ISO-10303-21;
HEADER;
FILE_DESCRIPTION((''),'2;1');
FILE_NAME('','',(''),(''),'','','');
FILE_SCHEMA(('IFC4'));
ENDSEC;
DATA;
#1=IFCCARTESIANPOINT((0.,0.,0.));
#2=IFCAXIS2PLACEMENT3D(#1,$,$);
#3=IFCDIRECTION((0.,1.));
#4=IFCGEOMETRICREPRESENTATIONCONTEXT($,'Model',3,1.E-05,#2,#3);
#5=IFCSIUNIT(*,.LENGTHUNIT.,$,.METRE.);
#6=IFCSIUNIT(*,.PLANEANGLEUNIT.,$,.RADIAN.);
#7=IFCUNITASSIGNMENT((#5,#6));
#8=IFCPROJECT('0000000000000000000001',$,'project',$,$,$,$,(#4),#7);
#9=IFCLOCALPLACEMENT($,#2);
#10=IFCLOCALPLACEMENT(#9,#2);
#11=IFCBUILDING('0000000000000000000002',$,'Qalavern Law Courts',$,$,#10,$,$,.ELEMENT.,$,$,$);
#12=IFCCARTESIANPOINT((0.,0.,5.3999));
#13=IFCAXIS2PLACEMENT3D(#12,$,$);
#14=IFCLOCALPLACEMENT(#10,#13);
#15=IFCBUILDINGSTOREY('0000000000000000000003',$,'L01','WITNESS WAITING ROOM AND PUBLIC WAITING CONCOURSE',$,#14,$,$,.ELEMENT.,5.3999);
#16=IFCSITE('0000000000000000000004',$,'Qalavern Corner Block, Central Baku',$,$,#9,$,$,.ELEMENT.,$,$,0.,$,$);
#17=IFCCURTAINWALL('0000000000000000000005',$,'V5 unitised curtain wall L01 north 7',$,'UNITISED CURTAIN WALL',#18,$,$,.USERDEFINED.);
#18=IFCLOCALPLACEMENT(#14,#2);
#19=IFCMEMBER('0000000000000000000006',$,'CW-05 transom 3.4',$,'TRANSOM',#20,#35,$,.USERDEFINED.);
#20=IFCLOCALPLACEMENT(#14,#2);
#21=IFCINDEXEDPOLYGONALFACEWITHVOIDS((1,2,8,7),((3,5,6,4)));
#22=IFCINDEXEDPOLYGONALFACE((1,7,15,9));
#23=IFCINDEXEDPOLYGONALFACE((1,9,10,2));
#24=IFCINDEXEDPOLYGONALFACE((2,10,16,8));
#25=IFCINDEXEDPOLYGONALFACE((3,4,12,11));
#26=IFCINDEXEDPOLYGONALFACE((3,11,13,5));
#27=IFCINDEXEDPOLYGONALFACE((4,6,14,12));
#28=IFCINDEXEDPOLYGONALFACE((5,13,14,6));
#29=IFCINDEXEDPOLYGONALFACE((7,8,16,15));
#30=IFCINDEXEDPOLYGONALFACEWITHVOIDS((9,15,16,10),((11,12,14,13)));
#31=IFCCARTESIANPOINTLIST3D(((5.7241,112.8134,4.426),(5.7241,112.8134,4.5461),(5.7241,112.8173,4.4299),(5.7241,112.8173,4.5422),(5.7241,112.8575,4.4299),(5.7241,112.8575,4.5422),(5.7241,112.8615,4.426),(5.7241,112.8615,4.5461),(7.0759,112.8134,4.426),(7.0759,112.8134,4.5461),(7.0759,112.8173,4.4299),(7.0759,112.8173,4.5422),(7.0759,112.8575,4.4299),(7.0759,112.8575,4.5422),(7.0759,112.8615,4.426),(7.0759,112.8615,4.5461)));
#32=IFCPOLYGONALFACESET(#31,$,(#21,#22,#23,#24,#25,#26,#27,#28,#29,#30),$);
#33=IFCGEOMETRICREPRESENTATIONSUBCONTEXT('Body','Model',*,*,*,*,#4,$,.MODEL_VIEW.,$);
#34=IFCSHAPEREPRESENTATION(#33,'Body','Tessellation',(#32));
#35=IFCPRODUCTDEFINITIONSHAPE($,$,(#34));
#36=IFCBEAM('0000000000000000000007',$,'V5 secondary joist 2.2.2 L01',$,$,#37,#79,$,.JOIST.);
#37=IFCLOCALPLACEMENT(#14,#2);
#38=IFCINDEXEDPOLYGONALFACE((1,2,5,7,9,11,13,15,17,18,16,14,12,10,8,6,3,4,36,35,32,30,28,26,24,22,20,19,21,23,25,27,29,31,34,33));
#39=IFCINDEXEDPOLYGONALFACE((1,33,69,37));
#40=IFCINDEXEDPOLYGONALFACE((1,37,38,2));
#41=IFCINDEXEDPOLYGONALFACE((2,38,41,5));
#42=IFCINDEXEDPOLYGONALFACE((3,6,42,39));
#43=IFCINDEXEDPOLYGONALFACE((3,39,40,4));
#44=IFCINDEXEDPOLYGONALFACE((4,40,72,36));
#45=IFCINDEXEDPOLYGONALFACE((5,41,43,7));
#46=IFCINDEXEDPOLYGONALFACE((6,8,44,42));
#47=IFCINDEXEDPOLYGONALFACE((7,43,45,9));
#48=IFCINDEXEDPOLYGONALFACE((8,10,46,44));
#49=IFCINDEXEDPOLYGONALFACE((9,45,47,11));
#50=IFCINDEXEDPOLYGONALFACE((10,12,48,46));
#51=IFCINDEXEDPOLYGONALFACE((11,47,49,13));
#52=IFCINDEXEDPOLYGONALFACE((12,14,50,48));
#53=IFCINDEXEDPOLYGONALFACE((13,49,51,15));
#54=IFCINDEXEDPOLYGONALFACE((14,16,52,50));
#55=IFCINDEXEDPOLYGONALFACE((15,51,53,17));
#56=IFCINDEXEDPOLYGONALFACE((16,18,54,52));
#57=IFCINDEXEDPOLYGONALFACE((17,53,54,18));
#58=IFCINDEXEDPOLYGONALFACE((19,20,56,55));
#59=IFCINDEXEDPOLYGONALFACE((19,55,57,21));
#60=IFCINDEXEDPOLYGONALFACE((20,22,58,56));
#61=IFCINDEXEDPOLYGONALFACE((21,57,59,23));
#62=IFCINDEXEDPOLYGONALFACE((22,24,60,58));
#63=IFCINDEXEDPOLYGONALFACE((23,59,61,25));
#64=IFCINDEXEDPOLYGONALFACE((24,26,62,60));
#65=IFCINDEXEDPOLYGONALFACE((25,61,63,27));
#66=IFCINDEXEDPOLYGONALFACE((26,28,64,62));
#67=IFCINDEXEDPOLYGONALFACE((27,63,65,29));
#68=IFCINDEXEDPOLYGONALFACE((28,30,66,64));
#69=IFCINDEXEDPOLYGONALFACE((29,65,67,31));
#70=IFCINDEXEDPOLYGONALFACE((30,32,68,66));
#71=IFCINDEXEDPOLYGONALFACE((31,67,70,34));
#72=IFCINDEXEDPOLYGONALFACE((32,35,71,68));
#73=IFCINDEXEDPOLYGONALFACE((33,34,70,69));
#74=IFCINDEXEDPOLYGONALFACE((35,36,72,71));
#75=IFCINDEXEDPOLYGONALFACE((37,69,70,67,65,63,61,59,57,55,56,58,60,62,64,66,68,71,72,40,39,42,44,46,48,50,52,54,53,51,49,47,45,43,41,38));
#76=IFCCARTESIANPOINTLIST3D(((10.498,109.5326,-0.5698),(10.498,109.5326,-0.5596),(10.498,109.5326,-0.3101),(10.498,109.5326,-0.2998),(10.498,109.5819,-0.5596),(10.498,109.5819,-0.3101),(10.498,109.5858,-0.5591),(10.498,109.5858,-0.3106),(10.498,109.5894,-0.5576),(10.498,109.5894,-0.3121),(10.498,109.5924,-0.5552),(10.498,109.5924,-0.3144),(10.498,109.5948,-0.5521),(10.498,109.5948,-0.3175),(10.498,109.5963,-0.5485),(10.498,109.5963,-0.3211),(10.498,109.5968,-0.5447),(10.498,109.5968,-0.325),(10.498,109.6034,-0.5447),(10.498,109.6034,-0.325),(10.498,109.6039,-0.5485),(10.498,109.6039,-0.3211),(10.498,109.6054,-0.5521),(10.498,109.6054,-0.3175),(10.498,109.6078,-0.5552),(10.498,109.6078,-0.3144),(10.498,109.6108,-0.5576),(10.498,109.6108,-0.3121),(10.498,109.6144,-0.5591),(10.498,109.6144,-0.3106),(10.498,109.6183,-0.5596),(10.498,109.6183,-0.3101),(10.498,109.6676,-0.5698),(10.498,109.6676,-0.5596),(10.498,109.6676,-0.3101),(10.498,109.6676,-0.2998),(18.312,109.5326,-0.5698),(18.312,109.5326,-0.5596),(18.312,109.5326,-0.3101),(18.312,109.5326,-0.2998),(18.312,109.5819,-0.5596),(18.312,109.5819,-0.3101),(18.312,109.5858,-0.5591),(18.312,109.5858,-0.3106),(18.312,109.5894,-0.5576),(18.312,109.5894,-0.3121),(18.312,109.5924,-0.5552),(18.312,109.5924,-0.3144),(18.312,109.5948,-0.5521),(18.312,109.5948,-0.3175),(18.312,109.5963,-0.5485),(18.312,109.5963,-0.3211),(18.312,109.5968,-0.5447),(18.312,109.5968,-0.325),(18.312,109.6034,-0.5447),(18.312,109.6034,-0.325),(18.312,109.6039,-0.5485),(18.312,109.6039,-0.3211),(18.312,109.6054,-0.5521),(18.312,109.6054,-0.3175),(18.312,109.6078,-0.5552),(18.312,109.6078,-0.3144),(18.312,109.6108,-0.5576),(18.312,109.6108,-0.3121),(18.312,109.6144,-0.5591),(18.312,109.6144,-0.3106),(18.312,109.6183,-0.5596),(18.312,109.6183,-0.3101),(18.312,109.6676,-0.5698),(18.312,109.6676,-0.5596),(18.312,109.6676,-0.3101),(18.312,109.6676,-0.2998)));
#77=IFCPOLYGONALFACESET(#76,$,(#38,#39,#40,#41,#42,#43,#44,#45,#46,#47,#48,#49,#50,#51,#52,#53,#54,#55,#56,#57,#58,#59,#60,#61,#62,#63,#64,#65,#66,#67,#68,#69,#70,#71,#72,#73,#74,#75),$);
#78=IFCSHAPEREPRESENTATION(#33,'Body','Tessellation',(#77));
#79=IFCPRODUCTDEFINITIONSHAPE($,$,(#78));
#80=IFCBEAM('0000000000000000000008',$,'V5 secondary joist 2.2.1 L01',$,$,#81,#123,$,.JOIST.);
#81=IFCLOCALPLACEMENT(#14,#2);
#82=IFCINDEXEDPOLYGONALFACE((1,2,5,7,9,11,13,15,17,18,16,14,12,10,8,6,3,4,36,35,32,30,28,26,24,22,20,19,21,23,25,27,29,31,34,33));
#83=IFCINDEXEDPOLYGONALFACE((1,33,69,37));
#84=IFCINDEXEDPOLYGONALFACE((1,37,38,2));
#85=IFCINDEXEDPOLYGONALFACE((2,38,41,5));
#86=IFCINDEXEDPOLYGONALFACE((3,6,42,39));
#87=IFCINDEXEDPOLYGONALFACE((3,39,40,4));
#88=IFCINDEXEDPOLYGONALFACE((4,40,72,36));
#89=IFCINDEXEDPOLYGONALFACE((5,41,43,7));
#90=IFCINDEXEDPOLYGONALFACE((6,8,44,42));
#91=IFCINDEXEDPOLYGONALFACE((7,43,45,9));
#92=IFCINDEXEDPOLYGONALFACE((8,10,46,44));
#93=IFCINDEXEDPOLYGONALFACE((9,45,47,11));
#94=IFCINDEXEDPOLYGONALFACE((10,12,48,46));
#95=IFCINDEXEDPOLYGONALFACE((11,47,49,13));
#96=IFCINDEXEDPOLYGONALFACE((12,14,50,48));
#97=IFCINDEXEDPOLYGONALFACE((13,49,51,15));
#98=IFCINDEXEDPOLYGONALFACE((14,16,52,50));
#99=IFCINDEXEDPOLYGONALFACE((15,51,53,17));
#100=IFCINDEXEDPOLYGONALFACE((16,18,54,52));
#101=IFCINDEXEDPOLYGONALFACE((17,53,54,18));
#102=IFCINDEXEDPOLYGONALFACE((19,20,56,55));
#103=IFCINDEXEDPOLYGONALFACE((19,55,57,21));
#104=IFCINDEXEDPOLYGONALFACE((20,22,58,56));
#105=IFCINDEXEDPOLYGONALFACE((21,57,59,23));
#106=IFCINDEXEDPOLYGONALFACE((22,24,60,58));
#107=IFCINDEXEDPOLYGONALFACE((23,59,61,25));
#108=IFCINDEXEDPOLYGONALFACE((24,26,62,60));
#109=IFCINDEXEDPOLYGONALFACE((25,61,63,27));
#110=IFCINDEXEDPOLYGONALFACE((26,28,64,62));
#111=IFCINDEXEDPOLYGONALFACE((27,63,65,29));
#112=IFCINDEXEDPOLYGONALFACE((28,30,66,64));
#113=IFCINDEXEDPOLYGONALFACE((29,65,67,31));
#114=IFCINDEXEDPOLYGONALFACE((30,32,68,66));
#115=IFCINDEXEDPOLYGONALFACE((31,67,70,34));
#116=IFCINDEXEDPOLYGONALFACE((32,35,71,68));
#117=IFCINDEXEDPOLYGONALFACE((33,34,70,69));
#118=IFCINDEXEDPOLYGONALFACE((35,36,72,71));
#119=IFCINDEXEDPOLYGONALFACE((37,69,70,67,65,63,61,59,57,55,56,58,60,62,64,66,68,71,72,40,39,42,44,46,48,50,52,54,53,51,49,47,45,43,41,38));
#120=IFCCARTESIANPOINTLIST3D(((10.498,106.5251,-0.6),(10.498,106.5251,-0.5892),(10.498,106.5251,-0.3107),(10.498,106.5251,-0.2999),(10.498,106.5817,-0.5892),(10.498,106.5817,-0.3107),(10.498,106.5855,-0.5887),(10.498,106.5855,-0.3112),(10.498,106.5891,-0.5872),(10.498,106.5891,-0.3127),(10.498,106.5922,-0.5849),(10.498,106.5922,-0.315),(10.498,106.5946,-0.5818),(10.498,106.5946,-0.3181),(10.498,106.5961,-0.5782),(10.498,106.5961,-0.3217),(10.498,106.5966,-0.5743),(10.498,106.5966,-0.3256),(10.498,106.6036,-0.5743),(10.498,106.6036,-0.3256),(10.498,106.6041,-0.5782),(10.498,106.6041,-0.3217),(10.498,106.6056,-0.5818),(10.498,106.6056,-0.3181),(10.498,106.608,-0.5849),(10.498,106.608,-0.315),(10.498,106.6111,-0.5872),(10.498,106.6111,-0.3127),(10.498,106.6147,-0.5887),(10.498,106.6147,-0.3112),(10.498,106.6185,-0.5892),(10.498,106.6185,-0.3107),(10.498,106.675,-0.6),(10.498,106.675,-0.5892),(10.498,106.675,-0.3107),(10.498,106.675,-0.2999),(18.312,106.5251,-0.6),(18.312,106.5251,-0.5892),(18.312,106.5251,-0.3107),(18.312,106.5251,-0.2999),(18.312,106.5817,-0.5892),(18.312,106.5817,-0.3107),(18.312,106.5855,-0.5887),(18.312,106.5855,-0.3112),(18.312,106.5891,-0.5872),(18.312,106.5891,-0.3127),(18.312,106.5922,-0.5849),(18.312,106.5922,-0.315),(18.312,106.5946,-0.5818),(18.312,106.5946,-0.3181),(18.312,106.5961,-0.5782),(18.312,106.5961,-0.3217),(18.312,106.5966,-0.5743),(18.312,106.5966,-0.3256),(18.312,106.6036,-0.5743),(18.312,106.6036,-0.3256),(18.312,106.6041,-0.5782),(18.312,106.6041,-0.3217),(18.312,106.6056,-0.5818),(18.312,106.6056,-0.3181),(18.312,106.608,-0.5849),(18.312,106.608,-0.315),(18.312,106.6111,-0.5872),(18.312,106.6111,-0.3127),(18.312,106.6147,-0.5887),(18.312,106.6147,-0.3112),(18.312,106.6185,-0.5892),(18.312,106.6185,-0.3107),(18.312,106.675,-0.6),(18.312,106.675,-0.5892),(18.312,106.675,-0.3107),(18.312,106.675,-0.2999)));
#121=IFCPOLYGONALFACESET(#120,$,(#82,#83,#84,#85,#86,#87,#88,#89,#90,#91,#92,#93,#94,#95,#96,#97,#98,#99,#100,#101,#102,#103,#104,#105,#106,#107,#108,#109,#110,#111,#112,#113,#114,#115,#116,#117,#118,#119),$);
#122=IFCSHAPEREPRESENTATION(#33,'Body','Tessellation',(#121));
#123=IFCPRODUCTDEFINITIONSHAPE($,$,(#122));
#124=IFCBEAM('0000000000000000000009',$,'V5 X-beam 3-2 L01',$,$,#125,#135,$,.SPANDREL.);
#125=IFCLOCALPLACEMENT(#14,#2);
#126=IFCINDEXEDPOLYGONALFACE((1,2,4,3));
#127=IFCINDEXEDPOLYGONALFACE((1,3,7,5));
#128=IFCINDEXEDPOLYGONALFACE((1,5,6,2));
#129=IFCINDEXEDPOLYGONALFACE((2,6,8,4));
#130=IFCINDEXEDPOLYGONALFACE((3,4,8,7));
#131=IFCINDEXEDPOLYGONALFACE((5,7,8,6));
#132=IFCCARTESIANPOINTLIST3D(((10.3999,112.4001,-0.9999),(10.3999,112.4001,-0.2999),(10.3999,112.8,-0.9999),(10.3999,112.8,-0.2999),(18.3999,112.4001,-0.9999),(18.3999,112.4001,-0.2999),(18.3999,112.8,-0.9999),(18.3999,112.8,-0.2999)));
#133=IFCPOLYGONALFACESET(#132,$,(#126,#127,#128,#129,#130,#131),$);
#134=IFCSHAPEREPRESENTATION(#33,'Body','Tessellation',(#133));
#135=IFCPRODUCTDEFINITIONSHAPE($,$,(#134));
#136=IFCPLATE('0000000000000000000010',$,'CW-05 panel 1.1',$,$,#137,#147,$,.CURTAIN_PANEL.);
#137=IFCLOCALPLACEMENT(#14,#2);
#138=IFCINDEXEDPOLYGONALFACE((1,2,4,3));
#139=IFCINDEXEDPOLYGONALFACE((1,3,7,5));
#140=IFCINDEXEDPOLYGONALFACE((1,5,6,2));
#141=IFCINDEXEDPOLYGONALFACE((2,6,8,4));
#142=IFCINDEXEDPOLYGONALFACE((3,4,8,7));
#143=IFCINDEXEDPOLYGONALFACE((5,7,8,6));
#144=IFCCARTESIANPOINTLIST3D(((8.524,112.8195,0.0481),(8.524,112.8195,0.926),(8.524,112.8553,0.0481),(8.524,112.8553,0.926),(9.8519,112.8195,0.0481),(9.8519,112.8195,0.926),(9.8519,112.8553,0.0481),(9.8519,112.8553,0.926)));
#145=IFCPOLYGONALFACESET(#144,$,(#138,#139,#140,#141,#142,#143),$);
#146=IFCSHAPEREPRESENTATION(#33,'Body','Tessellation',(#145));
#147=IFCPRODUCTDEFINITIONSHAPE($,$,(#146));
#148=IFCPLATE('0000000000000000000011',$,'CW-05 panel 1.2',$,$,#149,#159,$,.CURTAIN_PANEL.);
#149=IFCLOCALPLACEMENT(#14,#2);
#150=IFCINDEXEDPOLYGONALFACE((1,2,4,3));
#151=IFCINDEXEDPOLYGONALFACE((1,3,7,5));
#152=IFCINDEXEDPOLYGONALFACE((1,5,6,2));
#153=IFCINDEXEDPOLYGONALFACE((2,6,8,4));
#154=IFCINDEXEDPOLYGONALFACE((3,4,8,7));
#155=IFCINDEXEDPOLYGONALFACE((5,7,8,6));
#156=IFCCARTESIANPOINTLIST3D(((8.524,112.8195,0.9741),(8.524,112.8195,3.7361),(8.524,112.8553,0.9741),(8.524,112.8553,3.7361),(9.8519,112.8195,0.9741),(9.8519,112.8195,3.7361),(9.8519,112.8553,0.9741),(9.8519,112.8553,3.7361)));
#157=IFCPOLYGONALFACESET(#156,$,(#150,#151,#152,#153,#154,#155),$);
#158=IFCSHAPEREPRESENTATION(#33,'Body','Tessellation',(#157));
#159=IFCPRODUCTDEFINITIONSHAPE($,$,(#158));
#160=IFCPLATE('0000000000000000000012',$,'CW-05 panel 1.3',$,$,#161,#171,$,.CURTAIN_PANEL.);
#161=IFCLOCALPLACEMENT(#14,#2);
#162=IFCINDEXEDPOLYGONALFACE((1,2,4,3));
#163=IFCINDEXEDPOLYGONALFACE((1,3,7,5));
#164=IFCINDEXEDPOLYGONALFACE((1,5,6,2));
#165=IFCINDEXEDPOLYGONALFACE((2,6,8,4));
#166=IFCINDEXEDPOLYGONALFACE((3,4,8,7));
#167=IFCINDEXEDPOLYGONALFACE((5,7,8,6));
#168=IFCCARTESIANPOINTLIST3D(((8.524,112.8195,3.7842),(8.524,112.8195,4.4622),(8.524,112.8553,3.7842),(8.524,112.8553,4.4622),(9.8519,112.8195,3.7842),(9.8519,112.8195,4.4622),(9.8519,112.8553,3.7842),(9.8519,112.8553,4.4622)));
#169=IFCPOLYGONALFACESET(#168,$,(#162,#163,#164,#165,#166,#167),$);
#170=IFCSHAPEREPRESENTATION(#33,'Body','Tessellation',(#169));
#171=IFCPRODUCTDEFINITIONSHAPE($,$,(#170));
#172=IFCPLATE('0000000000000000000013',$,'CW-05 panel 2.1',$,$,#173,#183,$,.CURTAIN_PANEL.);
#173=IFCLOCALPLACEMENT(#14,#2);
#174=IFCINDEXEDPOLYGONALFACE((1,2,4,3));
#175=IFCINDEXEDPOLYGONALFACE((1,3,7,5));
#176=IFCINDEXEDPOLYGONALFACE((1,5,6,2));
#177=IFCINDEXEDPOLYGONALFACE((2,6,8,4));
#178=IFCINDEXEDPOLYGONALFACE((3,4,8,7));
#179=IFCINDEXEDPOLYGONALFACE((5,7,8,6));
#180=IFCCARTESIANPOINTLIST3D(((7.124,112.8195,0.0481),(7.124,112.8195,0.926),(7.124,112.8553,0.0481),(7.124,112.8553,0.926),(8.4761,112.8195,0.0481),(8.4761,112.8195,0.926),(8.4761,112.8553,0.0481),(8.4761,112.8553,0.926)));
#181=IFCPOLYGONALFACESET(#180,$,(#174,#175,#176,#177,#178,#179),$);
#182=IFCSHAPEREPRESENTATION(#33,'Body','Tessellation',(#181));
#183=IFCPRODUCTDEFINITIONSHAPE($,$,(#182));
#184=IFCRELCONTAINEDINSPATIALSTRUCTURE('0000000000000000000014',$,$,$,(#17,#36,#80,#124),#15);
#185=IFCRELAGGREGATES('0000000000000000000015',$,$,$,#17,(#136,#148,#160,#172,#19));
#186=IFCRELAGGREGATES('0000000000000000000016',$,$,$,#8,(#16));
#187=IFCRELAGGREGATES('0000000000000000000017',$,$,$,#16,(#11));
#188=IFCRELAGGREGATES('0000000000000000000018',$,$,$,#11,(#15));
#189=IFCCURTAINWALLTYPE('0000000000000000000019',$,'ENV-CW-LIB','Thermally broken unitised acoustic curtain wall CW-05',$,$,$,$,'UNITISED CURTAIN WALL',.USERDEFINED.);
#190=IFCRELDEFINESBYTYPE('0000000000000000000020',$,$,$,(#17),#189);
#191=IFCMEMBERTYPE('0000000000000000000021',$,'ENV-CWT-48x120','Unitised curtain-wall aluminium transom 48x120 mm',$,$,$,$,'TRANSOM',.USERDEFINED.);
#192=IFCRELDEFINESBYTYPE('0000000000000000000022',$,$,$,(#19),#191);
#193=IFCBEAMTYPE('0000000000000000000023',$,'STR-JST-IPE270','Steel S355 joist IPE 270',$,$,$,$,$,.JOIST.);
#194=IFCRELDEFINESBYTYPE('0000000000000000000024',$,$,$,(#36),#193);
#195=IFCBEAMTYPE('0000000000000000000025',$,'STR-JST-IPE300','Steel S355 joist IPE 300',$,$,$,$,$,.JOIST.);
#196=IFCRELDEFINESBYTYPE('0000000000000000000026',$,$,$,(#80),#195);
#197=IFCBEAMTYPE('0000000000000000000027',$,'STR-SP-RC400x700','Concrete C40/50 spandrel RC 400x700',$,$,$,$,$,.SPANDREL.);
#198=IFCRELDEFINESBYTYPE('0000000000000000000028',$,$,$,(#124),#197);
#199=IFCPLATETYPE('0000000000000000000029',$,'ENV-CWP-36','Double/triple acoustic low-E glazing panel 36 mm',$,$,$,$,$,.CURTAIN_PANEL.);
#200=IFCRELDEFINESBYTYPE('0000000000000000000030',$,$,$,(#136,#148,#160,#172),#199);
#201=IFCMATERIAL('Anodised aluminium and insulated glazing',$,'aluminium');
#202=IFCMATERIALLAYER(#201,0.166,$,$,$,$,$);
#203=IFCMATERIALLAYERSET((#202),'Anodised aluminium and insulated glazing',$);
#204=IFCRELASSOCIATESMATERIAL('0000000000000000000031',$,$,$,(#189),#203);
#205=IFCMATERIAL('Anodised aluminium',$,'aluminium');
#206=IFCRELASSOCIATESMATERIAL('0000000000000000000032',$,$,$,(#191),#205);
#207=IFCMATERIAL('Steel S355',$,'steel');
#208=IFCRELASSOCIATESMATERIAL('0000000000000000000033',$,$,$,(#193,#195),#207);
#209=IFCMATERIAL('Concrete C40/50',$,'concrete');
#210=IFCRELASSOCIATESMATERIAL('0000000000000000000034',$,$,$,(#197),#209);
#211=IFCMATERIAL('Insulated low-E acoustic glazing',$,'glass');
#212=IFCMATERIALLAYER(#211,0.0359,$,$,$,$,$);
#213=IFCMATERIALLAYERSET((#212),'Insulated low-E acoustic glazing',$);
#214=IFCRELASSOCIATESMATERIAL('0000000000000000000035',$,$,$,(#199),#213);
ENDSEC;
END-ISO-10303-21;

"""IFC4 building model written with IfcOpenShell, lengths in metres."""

from ifc_helpers import new_model, si_unit, direction, frame, origin, origin_2d, place, context, subcontext, project, spatial, rectangle, hollow_rectangle, i_section, extrude, material, layer, layer_set, material_profile, profile_set, type_object, element, aggregate, save


model = new_model("IFC4")

# Units and contexts
model_context = context("Model", 3, precision=1e-05, world=origin(), true_north=direction((0.0, 1.0)))
body_context = subcontext(model_context, "Body", "Model", "MODEL_VIEW")
ifc_project = project(units=[si_unit("LENGTHUNIT", "METRE"), si_unit("PLANEANGLEUNIT", "RADIAN")], contexts=[model_context])

# Site, building, storey
site_placement = place(None, origin())
site = spatial("IfcSite", under=ifc_project, at=site_placement, Name="Qalavern Corner Block, Central Baku", CompositionType="ELEMENT", RefElevation=0.0)
building_placement = place(site_placement, origin())
building = spatial("IfcBuilding", under=site, at=building_placement, Name="Qalavern Law Courts", CompositionType="ELEMENT")
storey_placement = place(building_placement, frame((0.0, 0.0, 5.3999)))
storey = spatial("IfcBuildingStorey", under=building, at=storey_placement, Name="L01", Description="WITNESS WAITING ROOM AND PUBLIC WAITING CONCOURSE", CompositionType="ELEMENT", Elevation=5.3999)

# Curtain wall, member
ifc_material_1 = material(Name="Anodised aluminium and insulated glazing", Category="aluminium")
ifc_layer_1 = layer(ifc_material_1, 0.166)
ifc_layer_set_1 = layer_set([ifc_layer_1], Name="Anodised aluminium and insulated glazing")
curtain_wall_type = type_object("IfcCurtainWallType", Name="ENV-CW-LIB", Description="Thermally broken unitised acoustic curtain wall CW-05", ElementType="UNITISED CURTAIN WALL", PredefinedType="USERDEFINED", material=ifc_layer_set_1)
curtain_wall_placement = place(storey_placement, origin())
curtain_wall = element("IfcCurtainWall", 1, at=curtain_wall_placement, inside=storey, type_object=curtain_wall_type, Name="V5 unitised curtain wall L01 north 7", ObjectType="UNITISED CURTAIN WALL", PredefinedType="USERDEFINED")
ifc_material_2 = material(Name="Anodised aluminium", Category="aluminium")
ifc_material_profile_1 = material_profile(ifc_material_2, hollow_rectangle(XDim=0.0481, YDim=0.1201, WallThickness=0.0039, at=origin_2d()), Name="ALU TRANSOM 48x120")
ifc_profile_set_1 = profile_set([ifc_material_profile_1], Name="Anodised aluminium")
member_type_1 = type_object("IfcMemberType", Name="ENV-CWT-48x120", Description="Unitised curtain-wall aluminium transom 48x120 mm", ElementType="TRANSOM", PredefinedType="USERDEFINED", material=ifc_profile_set_1)
member_1_placement = place(storey_placement, frame((7.0759, 112.8374, 4.4861), z_axis=(-1.0, 0.0, 0.0), x_axis=(0.0, -1.0, 0.0)))
member_1 = element("IfcMember", 2, at=member_1_placement, type_object=member_type_1, Name="CW-05 transom 3.4", ObjectType="TRANSOM", PredefinedType="USERDEFINED", context=body_context, shape_type="SweptSolid", body=[
    extrude(hollow_rectangle(XDim=0.0481, YDim=0.1201, WallThickness=0.0039, at=origin_2d()), origin(), (0.0, 0.0, 1.0), 1.3518),
])

# Beams
ifc_material_3 = material(Name="Steel S355", Category="steel")
ifc_material_profile_2 = material_profile(ifc_material_3, i_section(OverallWidth=0.135, OverallDepth=0.27, WebThickness=0.0066, FlangeThickness=0.0103, FilletRadius=0.0149, at=origin_2d()), Name="IPE 270")
ifc_profile_set_2 = profile_set([ifc_material_profile_2], Name="Steel S355")
beam_type_1 = type_object("IfcBeamType", Name="STR-JST-IPE270", Description="Steel S355 joist IPE 270", PredefinedType="JOIST", material=ifc_profile_set_2)
beam_1_placement = place(storey_placement, frame((10.498, 109.6001, -0.4348), z_axis=(1.0, 0.0, 0.0), x_axis=(0.0, 1.0, 0.0)))
element("IfcBeam", 3, at=beam_1_placement, inside=storey, type_object=beam_type_1, Name="V5 secondary joist 2.2.2 L01", PredefinedType="JOIST", context=body_context, shape_type="SweptSolid", body=[
    extrude(i_section(OverallWidth=0.135, OverallDepth=0.27, WebThickness=0.0066, FlangeThickness=0.0103, FilletRadius=0.0149, at=origin_2d()), origin(), (0.0, 0.0, 1.0), 7.814),
])
ifc_material_profile_3 = material_profile(ifc_material_3, i_section(OverallWidth=0.1499, OverallDepth=0.3, WebThickness=0.0071, FlangeThickness=0.0107, FilletRadius=0.0149, at=origin_2d()), Name="IPE 300")
ifc_profile_set_3 = profile_set([ifc_material_profile_3], Name="Steel S355")
beam_type_2 = type_object("IfcBeamType", Name="STR-JST-IPE300", Description="Steel S355 joist IPE 300", PredefinedType="JOIST", material=ifc_profile_set_3)
beam_2_placement = place(storey_placement, frame((10.498, 106.6001, -0.45), z_axis=(1.0, 0.0, 0.0), x_axis=(0.0, 1.0, 0.0)))
element("IfcBeam", 4, at=beam_2_placement, inside=storey, type_object=beam_type_2, Name="V5 secondary joist 2.2.1 L01", PredefinedType="JOIST", context=body_context, shape_type="SweptSolid", body=[
    extrude(i_section(OverallWidth=0.1499, OverallDepth=0.3, WebThickness=0.0071, FlangeThickness=0.0107, FilletRadius=0.0149, at=origin_2d()), origin(), (0.0, 0.0, 1.0), 7.814),
])
ifc_material_4 = material(Name="Concrete C40/50", Category="concrete")
ifc_material_profile_4 = material_profile(ifc_material_4, rectangle(XDim=0.3999, YDim=0.7, at=origin_2d()), Name="RC 400x700")
ifc_profile_set_4 = profile_set([ifc_material_profile_4], Name="Concrete C40/50")
beam_type_3 = type_object("IfcBeamType", Name="STR-SP-RC400x700", Description="Concrete C40/50 spandrel RC 400x700", PredefinedType="SPANDREL", material=ifc_profile_set_4)
beam_3_placement = place(storey_placement, frame((10.3999, 112.6001, -0.6499), z_axis=(1.0, 0.0, 0.0), x_axis=(0.0, 1.0, 0.0)))
element("IfcBeam", 5, at=beam_3_placement, inside=storey, type_object=beam_type_3, Name="V5 X-beam 3-2 L01", PredefinedType="SPANDREL", context=body_context, shape_type="SweptSolid", body=[
    extrude(rectangle(XDim=0.3999, YDim=0.7, at=origin_2d()), origin(), (0.0, 0.0, 1.0), 8.0),
])

# Plates
ifc_material_5 = material(Name="Insulated low-E acoustic glazing", Category="glass")
ifc_layer_2 = layer(ifc_material_5, 0.0359)
ifc_layer_set_2 = layer_set([ifc_layer_2], Name="Insulated low-E acoustic glazing")
plate_type = type_object("IfcPlateType", Name="ENV-CWP-36", Description="Double/triple acoustic low-E glazing panel 36 mm", PredefinedType="CURTAIN_PANEL", material=ifc_layer_set_2)
plate_1_placement = place(storey_placement, frame((9.188, 112.8374, 0.0481), z_axis=(0.0, 0.0, 1.0), x_axis=(-1.0, 0.0, 0.0)))
plate_1 = element("IfcPlate", 6, at=plate_1_placement, type_object=plate_type, Name="CW-05 panel 1.1", PredefinedType="CURTAIN_PANEL", context=body_context, shape_type="SweptSolid", body=[
    extrude(rectangle(XDim=1.3279, YDim=0.0359, at=origin_2d()), origin(), (0.0, 0.0, 1.0), 0.8779),
])
plate_2_placement = place(storey_placement, frame((9.188, 112.8374, 0.9741), z_axis=(0.0, 0.0, 1.0), x_axis=(-1.0, 0.0, 0.0)))
plate_2 = element("IfcPlate", 7, at=plate_2_placement, type_object=plate_type, Name="CW-05 panel 1.2", PredefinedType="CURTAIN_PANEL", context=body_context, shape_type="SweptSolid", body=[
    extrude(rectangle(XDim=1.3279, YDim=0.0359, at=origin_2d()), origin(), (0.0, 0.0, 1.0), 2.762),
])
plate_3_placement = place(storey_placement, frame((9.188, 112.8374, 3.7842), z_axis=(0.0, 0.0, 1.0), x_axis=(-1.0, 0.0, 0.0)))
plate_3 = element("IfcPlate", 8, at=plate_3_placement, type_object=plate_type, Name="CW-05 panel 1.3", PredefinedType="CURTAIN_PANEL", context=body_context, shape_type="SweptSolid", body=[
    extrude(rectangle(XDim=1.3279, YDim=0.0359, at=origin_2d()), origin(), (0.0, 0.0, 1.0), 0.678),
])
plate_4_placement = place(storey_placement, frame((7.8, 112.8374, 0.0481), z_axis=(0.0, 0.0, 1.0), x_axis=(-1.0, 0.0, 0.0)))
plate_4 = element("IfcPlate", 9, at=plate_4_placement, type_object=plate_type, Name="CW-05 panel 2.1", PredefinedType="CURTAIN_PANEL", context=body_context, shape_type="SweptSolid", body=[
    extrude(rectangle(XDim=1.3521, YDim=0.0359, at=origin_2d()), origin(), (0.0, 0.0, 1.0), 0.8779),
])
aggregate(curtain_wall, [plate_1, plate_2, plate_3, plate_4, member_1])

save(model, "model.ifc")
